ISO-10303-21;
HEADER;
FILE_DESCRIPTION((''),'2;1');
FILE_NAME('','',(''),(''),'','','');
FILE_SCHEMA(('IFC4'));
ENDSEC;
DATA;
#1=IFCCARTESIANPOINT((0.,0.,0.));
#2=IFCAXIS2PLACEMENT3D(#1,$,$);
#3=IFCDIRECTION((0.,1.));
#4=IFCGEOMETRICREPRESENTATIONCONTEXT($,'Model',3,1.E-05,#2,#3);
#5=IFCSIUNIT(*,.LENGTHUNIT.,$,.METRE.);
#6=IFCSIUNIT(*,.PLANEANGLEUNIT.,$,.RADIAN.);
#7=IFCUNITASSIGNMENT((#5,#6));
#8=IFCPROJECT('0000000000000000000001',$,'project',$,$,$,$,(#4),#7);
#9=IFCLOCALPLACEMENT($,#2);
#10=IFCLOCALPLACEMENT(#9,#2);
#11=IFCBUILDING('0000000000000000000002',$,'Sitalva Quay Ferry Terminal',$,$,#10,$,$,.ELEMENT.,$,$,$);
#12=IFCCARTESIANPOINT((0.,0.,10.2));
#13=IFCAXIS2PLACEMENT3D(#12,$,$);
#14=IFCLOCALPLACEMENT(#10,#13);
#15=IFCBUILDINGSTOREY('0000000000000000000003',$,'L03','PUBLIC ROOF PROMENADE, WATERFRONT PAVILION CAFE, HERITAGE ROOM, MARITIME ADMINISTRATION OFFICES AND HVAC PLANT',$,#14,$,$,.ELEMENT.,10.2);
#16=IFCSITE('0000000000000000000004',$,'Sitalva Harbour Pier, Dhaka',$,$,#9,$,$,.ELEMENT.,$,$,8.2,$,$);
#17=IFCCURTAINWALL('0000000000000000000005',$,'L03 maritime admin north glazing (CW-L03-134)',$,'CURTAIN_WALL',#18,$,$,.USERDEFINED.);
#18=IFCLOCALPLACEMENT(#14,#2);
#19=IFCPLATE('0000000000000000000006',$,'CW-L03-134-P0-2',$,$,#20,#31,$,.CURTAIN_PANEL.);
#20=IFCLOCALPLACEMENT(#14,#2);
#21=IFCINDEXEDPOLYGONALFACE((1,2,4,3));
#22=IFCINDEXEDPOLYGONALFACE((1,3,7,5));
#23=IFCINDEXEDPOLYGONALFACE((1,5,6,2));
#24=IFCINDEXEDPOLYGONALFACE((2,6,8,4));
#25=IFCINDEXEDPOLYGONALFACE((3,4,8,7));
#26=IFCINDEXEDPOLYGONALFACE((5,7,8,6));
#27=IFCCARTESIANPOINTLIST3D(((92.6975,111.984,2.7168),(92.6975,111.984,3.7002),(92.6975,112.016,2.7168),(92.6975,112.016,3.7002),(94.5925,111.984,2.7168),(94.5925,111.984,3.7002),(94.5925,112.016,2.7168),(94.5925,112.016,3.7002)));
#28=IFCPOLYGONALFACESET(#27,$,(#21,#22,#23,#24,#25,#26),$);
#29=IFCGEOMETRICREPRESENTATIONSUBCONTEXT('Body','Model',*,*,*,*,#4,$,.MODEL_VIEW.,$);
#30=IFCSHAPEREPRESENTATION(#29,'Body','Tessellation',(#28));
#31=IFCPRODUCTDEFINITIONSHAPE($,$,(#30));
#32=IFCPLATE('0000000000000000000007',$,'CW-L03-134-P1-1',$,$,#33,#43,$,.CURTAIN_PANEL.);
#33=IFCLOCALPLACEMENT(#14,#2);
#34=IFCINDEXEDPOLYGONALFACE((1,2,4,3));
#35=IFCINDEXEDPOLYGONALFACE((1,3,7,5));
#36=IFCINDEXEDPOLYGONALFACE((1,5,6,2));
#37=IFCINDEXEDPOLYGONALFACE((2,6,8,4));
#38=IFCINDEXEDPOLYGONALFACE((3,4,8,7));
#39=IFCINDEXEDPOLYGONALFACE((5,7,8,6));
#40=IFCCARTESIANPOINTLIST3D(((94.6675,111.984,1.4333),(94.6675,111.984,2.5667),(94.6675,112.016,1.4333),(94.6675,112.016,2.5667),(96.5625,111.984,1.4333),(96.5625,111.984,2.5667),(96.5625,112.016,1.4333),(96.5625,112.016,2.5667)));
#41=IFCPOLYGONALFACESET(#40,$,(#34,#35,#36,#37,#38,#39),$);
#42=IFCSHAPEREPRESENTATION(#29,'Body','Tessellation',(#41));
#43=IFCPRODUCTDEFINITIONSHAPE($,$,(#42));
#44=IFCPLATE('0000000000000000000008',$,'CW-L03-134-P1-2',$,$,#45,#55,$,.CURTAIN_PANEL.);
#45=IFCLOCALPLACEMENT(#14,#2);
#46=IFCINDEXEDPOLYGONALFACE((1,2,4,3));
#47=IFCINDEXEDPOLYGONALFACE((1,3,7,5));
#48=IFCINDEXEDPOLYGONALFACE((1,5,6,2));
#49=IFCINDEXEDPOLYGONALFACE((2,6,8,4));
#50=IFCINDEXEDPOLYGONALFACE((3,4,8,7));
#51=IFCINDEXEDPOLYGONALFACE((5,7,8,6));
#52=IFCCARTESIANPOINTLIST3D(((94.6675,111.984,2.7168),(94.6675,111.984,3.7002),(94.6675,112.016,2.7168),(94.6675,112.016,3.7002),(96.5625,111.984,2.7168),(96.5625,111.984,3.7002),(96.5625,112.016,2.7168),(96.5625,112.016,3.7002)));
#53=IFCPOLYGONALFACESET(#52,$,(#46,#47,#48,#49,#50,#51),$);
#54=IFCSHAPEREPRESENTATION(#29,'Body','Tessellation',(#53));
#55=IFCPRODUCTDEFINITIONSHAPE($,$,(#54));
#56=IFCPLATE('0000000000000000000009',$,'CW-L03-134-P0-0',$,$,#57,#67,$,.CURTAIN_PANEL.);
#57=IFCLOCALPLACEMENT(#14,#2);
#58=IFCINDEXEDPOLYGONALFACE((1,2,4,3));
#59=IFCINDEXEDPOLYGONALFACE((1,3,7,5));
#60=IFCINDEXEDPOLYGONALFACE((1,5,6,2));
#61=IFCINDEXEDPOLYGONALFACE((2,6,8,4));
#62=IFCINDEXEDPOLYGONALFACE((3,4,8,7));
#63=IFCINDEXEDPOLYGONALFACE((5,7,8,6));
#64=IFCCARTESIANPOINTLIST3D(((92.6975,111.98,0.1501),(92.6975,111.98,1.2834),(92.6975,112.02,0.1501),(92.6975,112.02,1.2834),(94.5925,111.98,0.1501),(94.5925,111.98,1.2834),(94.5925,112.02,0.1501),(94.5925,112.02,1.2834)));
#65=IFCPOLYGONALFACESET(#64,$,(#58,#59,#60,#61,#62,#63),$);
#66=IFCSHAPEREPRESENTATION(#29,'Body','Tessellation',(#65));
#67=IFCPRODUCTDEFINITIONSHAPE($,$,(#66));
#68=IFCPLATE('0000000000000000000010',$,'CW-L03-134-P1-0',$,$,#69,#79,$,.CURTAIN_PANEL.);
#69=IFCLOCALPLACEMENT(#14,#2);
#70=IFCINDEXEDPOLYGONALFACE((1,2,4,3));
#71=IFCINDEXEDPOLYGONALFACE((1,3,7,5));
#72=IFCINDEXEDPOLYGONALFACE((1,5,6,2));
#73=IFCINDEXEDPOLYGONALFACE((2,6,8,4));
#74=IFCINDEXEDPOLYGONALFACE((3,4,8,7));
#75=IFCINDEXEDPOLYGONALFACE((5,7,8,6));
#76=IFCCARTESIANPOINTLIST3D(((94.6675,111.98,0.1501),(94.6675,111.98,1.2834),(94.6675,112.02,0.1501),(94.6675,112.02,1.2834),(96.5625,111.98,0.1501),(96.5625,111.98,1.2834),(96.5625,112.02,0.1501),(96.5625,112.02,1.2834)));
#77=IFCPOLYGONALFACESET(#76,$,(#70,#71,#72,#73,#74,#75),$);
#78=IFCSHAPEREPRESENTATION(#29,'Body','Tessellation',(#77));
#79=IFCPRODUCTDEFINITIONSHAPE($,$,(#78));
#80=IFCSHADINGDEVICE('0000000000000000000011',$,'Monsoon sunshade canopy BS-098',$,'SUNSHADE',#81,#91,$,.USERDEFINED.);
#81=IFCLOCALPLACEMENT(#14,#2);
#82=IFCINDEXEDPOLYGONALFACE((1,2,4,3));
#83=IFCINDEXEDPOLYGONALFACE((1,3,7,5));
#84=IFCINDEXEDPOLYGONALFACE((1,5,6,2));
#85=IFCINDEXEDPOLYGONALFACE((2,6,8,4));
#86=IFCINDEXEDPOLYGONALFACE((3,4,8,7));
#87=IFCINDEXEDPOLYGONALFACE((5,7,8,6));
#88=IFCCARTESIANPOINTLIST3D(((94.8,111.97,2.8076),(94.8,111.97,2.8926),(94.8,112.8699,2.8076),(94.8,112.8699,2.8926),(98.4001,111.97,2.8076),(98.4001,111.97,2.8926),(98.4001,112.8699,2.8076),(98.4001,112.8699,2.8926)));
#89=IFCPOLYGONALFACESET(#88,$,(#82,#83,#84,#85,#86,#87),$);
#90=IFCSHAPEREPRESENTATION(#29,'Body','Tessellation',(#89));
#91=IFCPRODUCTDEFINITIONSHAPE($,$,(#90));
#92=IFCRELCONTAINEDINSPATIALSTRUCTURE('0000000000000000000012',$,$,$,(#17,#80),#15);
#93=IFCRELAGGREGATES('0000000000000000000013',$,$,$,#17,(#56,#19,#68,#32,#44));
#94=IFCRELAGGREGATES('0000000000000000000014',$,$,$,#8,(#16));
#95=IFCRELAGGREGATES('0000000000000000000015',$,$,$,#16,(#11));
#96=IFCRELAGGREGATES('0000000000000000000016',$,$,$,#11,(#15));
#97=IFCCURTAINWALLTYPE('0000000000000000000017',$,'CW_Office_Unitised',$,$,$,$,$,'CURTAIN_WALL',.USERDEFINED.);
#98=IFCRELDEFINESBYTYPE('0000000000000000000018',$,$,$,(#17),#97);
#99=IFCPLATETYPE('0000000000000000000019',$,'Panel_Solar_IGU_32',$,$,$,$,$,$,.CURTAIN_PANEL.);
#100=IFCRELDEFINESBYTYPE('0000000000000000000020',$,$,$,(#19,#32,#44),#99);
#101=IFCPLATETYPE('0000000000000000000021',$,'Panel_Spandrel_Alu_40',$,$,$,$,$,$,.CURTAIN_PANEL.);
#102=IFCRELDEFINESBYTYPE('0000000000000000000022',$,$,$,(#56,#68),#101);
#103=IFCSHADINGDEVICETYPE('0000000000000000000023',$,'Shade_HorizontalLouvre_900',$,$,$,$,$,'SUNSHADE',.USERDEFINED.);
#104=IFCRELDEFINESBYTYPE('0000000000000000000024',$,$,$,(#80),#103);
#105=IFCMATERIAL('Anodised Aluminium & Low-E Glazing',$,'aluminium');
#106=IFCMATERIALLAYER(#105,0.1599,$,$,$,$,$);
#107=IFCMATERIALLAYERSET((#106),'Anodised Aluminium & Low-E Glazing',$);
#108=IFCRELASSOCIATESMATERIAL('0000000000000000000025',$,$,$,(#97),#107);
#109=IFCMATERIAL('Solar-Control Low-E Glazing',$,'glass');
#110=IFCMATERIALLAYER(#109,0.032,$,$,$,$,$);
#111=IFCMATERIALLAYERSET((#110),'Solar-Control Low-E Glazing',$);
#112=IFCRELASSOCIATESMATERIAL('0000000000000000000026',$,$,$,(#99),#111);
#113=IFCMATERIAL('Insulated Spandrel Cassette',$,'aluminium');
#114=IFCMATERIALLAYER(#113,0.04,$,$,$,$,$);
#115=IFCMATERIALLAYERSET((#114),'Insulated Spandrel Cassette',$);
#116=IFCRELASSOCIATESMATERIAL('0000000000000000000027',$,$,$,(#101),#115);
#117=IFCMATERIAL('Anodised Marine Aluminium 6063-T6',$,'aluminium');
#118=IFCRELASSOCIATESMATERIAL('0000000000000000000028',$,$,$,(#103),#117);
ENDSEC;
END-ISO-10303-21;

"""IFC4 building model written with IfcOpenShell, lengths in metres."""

from ifc_helpers import new_model, si_unit, direction, frame, origin, origin_2d, place, context, subcontext, project, spatial, rectangle, extrude, material, layer, layer_set, type_object, element, aggregate, save


model = new_model("IFC4")

# Units and contexts
model_context = context("Model", 3, precision=1e-05, world=origin(), true_north=direction((0.0, 1.0)))
body_context = subcontext(model_context, "Body", "Model", "MODEL_VIEW")
ifc_project = project(units=[si_unit("LENGTHUNIT", "METRE"), si_unit("PLANEANGLEUNIT", "RADIAN")], contexts=[model_context])

# Site, building, storey
site_placement = place(None, origin())
site = spatial("IfcSite", under=ifc_project, at=site_placement, Name="Sitalva Harbour Pier, Dhaka", CompositionType="ELEMENT", RefElevation=8.2)
building_placement = place(site_placement, origin())
building = spatial("IfcBuilding", under=site, at=building_placement, Name="Sitalva Quay Ferry Terminal", CompositionType="ELEMENT")
storey_placement = place(building_placement, frame((0.0, 0.0, 10.2)))
storey = spatial("IfcBuildingStorey", under=building, at=storey_placement, Name="L03", Description="PUBLIC ROOF PROMENADE, WATERFRONT PAVILION CAFE, HERITAGE ROOM, MARITIME ADMINISTRATION OFFICES AND HVAC PLANT", CompositionType="ELEMENT", Elevation=10.2)

# Curtain wall, plates
ifc_material_1 = material(Name="Anodised Aluminium & Low-E Glazing", Category="aluminium")
ifc_layer_1 = layer(ifc_material_1, 0.1599)
ifc_layer_set_1 = layer_set([ifc_layer_1], Name="Anodised Aluminium & Low-E Glazing")
curtain_wall_type = type_object("IfcCurtainWallType", Name="CW_Office_Unitised", ElementType="CURTAIN_WALL", PredefinedType="USERDEFINED", material=ifc_layer_set_1)
curtain_wall_placement = place(storey_placement, origin())
curtain_wall = element("IfcCurtainWall", 1, at=curtain_wall_placement, inside=storey, type_object=curtain_wall_type, Name="L03 maritime admin north glazing (CW-L03-134)", ObjectType="CURTAIN_WALL", PredefinedType="USERDEFINED")
ifc_material_2 = material(Name="Solar-Control Low-E Glazing", Category="glass")
ifc_layer_2 = layer(ifc_material_2, 0.032)
ifc_layer_set_2 = layer_set([ifc_layer_2], Name="Solar-Control Low-E Glazing")
plate_type_1 = type_object("IfcPlateType", Name="Panel_Solar_IGU_32", PredefinedType="CURTAIN_PANEL", material=ifc_layer_set_2)
plate_1_placement = place(storey_placement, frame((93.645, 112.0, 2.7168), z_axis=(0.0, 0.0, 1.0), x_axis=(1.0, 0.0, 0.0)))
plate_1 = element("IfcPlate", 2, at=plate_1_placement, type_object=plate_type_1, Name="CW-L03-134-P0-2", PredefinedType="CURTAIN_PANEL", context=body_context, shape_type="SweptSolid", body=[
    extrude(rectangle(XDim=1.895, YDim=0.032, at=origin_2d()), origin(), (0.0, 0.0, 1.0), 0.9834),
])
plate_2_placement = place(storey_placement, frame((95.615, 112.0, 1.4333), z_axis=(0.0, 0.0, 1.0), x_axis=(1.0, 0.0, 0.0)))
plate_2 = element("IfcPlate", 3, at=plate_2_placement, type_object=plate_type_1, Name="CW-L03-134-P1-1", PredefinedType="CURTAIN_PANEL", context=body_context, shape_type="SweptSolid", body=[
    extrude(rectangle(XDim=1.895, YDim=0.032, at=origin_2d()), origin(), (0.0, 0.0, 1.0), 1.1333),
])
plate_3_placement = place(storey_placement, frame((95.615, 112.0, 2.7168), z_axis=(0.0, 0.0, 1.0), x_axis=(1.0, 0.0, 0.0)))
plate_3 = element("IfcPlate", 4, at=plate_3_placement, type_object=plate_type_1, Name="CW-L03-134-P1-2", PredefinedType="CURTAIN_PANEL", context=body_context, shape_type="SweptSolid", body=[
    extrude(rectangle(XDim=1.895, YDim=0.032, at=origin_2d()), origin(), (0.0, 0.0, 1.0), 0.9834),
])
ifc_material_3 = material(Name="Insulated Spandrel Cassette", Category="aluminium")
ifc_layer_3 = layer(ifc_material_3, 0.04)
ifc_layer_set_3 = layer_set([ifc_layer_3], Name="Insulated Spandrel Cassette")
plate_type_2 = type_object("IfcPlateType", Name="Panel_Spandrel_Alu_40", PredefinedType="CURTAIN_PANEL", material=ifc_layer_set_3)
plate_4_placement = place(storey_placement, frame((93.645, 112.0, 0.1501), z_axis=(0.0, 0.0, 1.0), x_axis=(1.0, 0.0, 0.0)))
plate_4 = element("IfcPlate", 5, at=plate_4_placement, type_object=plate_type_2, Name="CW-L03-134-P0-0", PredefinedType="CURTAIN_PANEL", context=body_context, shape_type="SweptSolid", body=[
    extrude(rectangle(XDim=1.895, YDim=0.04, at=origin_2d()), origin(), (0.0, 0.0, 1.0), 1.1333),
])
plate_5_placement = place(storey_placement, frame((95.615, 112.0, 0.1501), z_axis=(0.0, 0.0, 1.0), x_axis=(1.0, 0.0, 0.0)))
plate_5 = element("IfcPlate", 6, at=plate_5_placement, type_object=plate_type_2, Name="CW-L03-134-P1-0", PredefinedType="CURTAIN_PANEL", context=body_context, shape_type="SweptSolid", body=[
    extrude(rectangle(XDim=1.895, YDim=0.04, at=origin_2d()), origin(), (0.0, 0.0, 1.0), 1.1333),
])
aggregate(curtain_wall, [plate_4, plate_1, plate_5, plate_2, plate_3])

# Shading device
ifc_material_4 = material(Name="Anodised Marine Aluminium 6063-T6", Category="aluminium")
shading_device_type = type_object("IfcShadingDeviceType", Name="Shade_HorizontalLouvre_900", ElementType="SUNSHADE", PredefinedType="USERDEFINED", material=ifc_material_4)
shading_device_placement = place(storey_placement, frame((96.6001, 112.4199, 2.8076), z_axis=(0.0, 0.0, 1.0), x_axis=(1.0, 0.0, 0.0)))
element("IfcShadingDevice", 7, at=shading_device_placement, inside=storey, type_object=shading_device_type, Name="Monsoon sunshade canopy BS-098", ObjectType="SUNSHADE", PredefinedType="USERDEFINED", context=body_context, shape_type="SweptSolid", body=[
    extrude(rectangle(XDim=3.6001, YDim=0.8999, at=origin_2d()), origin(), (0.0, 0.0, 1.0), 0.085),
])

save(model, "model.ifc")
